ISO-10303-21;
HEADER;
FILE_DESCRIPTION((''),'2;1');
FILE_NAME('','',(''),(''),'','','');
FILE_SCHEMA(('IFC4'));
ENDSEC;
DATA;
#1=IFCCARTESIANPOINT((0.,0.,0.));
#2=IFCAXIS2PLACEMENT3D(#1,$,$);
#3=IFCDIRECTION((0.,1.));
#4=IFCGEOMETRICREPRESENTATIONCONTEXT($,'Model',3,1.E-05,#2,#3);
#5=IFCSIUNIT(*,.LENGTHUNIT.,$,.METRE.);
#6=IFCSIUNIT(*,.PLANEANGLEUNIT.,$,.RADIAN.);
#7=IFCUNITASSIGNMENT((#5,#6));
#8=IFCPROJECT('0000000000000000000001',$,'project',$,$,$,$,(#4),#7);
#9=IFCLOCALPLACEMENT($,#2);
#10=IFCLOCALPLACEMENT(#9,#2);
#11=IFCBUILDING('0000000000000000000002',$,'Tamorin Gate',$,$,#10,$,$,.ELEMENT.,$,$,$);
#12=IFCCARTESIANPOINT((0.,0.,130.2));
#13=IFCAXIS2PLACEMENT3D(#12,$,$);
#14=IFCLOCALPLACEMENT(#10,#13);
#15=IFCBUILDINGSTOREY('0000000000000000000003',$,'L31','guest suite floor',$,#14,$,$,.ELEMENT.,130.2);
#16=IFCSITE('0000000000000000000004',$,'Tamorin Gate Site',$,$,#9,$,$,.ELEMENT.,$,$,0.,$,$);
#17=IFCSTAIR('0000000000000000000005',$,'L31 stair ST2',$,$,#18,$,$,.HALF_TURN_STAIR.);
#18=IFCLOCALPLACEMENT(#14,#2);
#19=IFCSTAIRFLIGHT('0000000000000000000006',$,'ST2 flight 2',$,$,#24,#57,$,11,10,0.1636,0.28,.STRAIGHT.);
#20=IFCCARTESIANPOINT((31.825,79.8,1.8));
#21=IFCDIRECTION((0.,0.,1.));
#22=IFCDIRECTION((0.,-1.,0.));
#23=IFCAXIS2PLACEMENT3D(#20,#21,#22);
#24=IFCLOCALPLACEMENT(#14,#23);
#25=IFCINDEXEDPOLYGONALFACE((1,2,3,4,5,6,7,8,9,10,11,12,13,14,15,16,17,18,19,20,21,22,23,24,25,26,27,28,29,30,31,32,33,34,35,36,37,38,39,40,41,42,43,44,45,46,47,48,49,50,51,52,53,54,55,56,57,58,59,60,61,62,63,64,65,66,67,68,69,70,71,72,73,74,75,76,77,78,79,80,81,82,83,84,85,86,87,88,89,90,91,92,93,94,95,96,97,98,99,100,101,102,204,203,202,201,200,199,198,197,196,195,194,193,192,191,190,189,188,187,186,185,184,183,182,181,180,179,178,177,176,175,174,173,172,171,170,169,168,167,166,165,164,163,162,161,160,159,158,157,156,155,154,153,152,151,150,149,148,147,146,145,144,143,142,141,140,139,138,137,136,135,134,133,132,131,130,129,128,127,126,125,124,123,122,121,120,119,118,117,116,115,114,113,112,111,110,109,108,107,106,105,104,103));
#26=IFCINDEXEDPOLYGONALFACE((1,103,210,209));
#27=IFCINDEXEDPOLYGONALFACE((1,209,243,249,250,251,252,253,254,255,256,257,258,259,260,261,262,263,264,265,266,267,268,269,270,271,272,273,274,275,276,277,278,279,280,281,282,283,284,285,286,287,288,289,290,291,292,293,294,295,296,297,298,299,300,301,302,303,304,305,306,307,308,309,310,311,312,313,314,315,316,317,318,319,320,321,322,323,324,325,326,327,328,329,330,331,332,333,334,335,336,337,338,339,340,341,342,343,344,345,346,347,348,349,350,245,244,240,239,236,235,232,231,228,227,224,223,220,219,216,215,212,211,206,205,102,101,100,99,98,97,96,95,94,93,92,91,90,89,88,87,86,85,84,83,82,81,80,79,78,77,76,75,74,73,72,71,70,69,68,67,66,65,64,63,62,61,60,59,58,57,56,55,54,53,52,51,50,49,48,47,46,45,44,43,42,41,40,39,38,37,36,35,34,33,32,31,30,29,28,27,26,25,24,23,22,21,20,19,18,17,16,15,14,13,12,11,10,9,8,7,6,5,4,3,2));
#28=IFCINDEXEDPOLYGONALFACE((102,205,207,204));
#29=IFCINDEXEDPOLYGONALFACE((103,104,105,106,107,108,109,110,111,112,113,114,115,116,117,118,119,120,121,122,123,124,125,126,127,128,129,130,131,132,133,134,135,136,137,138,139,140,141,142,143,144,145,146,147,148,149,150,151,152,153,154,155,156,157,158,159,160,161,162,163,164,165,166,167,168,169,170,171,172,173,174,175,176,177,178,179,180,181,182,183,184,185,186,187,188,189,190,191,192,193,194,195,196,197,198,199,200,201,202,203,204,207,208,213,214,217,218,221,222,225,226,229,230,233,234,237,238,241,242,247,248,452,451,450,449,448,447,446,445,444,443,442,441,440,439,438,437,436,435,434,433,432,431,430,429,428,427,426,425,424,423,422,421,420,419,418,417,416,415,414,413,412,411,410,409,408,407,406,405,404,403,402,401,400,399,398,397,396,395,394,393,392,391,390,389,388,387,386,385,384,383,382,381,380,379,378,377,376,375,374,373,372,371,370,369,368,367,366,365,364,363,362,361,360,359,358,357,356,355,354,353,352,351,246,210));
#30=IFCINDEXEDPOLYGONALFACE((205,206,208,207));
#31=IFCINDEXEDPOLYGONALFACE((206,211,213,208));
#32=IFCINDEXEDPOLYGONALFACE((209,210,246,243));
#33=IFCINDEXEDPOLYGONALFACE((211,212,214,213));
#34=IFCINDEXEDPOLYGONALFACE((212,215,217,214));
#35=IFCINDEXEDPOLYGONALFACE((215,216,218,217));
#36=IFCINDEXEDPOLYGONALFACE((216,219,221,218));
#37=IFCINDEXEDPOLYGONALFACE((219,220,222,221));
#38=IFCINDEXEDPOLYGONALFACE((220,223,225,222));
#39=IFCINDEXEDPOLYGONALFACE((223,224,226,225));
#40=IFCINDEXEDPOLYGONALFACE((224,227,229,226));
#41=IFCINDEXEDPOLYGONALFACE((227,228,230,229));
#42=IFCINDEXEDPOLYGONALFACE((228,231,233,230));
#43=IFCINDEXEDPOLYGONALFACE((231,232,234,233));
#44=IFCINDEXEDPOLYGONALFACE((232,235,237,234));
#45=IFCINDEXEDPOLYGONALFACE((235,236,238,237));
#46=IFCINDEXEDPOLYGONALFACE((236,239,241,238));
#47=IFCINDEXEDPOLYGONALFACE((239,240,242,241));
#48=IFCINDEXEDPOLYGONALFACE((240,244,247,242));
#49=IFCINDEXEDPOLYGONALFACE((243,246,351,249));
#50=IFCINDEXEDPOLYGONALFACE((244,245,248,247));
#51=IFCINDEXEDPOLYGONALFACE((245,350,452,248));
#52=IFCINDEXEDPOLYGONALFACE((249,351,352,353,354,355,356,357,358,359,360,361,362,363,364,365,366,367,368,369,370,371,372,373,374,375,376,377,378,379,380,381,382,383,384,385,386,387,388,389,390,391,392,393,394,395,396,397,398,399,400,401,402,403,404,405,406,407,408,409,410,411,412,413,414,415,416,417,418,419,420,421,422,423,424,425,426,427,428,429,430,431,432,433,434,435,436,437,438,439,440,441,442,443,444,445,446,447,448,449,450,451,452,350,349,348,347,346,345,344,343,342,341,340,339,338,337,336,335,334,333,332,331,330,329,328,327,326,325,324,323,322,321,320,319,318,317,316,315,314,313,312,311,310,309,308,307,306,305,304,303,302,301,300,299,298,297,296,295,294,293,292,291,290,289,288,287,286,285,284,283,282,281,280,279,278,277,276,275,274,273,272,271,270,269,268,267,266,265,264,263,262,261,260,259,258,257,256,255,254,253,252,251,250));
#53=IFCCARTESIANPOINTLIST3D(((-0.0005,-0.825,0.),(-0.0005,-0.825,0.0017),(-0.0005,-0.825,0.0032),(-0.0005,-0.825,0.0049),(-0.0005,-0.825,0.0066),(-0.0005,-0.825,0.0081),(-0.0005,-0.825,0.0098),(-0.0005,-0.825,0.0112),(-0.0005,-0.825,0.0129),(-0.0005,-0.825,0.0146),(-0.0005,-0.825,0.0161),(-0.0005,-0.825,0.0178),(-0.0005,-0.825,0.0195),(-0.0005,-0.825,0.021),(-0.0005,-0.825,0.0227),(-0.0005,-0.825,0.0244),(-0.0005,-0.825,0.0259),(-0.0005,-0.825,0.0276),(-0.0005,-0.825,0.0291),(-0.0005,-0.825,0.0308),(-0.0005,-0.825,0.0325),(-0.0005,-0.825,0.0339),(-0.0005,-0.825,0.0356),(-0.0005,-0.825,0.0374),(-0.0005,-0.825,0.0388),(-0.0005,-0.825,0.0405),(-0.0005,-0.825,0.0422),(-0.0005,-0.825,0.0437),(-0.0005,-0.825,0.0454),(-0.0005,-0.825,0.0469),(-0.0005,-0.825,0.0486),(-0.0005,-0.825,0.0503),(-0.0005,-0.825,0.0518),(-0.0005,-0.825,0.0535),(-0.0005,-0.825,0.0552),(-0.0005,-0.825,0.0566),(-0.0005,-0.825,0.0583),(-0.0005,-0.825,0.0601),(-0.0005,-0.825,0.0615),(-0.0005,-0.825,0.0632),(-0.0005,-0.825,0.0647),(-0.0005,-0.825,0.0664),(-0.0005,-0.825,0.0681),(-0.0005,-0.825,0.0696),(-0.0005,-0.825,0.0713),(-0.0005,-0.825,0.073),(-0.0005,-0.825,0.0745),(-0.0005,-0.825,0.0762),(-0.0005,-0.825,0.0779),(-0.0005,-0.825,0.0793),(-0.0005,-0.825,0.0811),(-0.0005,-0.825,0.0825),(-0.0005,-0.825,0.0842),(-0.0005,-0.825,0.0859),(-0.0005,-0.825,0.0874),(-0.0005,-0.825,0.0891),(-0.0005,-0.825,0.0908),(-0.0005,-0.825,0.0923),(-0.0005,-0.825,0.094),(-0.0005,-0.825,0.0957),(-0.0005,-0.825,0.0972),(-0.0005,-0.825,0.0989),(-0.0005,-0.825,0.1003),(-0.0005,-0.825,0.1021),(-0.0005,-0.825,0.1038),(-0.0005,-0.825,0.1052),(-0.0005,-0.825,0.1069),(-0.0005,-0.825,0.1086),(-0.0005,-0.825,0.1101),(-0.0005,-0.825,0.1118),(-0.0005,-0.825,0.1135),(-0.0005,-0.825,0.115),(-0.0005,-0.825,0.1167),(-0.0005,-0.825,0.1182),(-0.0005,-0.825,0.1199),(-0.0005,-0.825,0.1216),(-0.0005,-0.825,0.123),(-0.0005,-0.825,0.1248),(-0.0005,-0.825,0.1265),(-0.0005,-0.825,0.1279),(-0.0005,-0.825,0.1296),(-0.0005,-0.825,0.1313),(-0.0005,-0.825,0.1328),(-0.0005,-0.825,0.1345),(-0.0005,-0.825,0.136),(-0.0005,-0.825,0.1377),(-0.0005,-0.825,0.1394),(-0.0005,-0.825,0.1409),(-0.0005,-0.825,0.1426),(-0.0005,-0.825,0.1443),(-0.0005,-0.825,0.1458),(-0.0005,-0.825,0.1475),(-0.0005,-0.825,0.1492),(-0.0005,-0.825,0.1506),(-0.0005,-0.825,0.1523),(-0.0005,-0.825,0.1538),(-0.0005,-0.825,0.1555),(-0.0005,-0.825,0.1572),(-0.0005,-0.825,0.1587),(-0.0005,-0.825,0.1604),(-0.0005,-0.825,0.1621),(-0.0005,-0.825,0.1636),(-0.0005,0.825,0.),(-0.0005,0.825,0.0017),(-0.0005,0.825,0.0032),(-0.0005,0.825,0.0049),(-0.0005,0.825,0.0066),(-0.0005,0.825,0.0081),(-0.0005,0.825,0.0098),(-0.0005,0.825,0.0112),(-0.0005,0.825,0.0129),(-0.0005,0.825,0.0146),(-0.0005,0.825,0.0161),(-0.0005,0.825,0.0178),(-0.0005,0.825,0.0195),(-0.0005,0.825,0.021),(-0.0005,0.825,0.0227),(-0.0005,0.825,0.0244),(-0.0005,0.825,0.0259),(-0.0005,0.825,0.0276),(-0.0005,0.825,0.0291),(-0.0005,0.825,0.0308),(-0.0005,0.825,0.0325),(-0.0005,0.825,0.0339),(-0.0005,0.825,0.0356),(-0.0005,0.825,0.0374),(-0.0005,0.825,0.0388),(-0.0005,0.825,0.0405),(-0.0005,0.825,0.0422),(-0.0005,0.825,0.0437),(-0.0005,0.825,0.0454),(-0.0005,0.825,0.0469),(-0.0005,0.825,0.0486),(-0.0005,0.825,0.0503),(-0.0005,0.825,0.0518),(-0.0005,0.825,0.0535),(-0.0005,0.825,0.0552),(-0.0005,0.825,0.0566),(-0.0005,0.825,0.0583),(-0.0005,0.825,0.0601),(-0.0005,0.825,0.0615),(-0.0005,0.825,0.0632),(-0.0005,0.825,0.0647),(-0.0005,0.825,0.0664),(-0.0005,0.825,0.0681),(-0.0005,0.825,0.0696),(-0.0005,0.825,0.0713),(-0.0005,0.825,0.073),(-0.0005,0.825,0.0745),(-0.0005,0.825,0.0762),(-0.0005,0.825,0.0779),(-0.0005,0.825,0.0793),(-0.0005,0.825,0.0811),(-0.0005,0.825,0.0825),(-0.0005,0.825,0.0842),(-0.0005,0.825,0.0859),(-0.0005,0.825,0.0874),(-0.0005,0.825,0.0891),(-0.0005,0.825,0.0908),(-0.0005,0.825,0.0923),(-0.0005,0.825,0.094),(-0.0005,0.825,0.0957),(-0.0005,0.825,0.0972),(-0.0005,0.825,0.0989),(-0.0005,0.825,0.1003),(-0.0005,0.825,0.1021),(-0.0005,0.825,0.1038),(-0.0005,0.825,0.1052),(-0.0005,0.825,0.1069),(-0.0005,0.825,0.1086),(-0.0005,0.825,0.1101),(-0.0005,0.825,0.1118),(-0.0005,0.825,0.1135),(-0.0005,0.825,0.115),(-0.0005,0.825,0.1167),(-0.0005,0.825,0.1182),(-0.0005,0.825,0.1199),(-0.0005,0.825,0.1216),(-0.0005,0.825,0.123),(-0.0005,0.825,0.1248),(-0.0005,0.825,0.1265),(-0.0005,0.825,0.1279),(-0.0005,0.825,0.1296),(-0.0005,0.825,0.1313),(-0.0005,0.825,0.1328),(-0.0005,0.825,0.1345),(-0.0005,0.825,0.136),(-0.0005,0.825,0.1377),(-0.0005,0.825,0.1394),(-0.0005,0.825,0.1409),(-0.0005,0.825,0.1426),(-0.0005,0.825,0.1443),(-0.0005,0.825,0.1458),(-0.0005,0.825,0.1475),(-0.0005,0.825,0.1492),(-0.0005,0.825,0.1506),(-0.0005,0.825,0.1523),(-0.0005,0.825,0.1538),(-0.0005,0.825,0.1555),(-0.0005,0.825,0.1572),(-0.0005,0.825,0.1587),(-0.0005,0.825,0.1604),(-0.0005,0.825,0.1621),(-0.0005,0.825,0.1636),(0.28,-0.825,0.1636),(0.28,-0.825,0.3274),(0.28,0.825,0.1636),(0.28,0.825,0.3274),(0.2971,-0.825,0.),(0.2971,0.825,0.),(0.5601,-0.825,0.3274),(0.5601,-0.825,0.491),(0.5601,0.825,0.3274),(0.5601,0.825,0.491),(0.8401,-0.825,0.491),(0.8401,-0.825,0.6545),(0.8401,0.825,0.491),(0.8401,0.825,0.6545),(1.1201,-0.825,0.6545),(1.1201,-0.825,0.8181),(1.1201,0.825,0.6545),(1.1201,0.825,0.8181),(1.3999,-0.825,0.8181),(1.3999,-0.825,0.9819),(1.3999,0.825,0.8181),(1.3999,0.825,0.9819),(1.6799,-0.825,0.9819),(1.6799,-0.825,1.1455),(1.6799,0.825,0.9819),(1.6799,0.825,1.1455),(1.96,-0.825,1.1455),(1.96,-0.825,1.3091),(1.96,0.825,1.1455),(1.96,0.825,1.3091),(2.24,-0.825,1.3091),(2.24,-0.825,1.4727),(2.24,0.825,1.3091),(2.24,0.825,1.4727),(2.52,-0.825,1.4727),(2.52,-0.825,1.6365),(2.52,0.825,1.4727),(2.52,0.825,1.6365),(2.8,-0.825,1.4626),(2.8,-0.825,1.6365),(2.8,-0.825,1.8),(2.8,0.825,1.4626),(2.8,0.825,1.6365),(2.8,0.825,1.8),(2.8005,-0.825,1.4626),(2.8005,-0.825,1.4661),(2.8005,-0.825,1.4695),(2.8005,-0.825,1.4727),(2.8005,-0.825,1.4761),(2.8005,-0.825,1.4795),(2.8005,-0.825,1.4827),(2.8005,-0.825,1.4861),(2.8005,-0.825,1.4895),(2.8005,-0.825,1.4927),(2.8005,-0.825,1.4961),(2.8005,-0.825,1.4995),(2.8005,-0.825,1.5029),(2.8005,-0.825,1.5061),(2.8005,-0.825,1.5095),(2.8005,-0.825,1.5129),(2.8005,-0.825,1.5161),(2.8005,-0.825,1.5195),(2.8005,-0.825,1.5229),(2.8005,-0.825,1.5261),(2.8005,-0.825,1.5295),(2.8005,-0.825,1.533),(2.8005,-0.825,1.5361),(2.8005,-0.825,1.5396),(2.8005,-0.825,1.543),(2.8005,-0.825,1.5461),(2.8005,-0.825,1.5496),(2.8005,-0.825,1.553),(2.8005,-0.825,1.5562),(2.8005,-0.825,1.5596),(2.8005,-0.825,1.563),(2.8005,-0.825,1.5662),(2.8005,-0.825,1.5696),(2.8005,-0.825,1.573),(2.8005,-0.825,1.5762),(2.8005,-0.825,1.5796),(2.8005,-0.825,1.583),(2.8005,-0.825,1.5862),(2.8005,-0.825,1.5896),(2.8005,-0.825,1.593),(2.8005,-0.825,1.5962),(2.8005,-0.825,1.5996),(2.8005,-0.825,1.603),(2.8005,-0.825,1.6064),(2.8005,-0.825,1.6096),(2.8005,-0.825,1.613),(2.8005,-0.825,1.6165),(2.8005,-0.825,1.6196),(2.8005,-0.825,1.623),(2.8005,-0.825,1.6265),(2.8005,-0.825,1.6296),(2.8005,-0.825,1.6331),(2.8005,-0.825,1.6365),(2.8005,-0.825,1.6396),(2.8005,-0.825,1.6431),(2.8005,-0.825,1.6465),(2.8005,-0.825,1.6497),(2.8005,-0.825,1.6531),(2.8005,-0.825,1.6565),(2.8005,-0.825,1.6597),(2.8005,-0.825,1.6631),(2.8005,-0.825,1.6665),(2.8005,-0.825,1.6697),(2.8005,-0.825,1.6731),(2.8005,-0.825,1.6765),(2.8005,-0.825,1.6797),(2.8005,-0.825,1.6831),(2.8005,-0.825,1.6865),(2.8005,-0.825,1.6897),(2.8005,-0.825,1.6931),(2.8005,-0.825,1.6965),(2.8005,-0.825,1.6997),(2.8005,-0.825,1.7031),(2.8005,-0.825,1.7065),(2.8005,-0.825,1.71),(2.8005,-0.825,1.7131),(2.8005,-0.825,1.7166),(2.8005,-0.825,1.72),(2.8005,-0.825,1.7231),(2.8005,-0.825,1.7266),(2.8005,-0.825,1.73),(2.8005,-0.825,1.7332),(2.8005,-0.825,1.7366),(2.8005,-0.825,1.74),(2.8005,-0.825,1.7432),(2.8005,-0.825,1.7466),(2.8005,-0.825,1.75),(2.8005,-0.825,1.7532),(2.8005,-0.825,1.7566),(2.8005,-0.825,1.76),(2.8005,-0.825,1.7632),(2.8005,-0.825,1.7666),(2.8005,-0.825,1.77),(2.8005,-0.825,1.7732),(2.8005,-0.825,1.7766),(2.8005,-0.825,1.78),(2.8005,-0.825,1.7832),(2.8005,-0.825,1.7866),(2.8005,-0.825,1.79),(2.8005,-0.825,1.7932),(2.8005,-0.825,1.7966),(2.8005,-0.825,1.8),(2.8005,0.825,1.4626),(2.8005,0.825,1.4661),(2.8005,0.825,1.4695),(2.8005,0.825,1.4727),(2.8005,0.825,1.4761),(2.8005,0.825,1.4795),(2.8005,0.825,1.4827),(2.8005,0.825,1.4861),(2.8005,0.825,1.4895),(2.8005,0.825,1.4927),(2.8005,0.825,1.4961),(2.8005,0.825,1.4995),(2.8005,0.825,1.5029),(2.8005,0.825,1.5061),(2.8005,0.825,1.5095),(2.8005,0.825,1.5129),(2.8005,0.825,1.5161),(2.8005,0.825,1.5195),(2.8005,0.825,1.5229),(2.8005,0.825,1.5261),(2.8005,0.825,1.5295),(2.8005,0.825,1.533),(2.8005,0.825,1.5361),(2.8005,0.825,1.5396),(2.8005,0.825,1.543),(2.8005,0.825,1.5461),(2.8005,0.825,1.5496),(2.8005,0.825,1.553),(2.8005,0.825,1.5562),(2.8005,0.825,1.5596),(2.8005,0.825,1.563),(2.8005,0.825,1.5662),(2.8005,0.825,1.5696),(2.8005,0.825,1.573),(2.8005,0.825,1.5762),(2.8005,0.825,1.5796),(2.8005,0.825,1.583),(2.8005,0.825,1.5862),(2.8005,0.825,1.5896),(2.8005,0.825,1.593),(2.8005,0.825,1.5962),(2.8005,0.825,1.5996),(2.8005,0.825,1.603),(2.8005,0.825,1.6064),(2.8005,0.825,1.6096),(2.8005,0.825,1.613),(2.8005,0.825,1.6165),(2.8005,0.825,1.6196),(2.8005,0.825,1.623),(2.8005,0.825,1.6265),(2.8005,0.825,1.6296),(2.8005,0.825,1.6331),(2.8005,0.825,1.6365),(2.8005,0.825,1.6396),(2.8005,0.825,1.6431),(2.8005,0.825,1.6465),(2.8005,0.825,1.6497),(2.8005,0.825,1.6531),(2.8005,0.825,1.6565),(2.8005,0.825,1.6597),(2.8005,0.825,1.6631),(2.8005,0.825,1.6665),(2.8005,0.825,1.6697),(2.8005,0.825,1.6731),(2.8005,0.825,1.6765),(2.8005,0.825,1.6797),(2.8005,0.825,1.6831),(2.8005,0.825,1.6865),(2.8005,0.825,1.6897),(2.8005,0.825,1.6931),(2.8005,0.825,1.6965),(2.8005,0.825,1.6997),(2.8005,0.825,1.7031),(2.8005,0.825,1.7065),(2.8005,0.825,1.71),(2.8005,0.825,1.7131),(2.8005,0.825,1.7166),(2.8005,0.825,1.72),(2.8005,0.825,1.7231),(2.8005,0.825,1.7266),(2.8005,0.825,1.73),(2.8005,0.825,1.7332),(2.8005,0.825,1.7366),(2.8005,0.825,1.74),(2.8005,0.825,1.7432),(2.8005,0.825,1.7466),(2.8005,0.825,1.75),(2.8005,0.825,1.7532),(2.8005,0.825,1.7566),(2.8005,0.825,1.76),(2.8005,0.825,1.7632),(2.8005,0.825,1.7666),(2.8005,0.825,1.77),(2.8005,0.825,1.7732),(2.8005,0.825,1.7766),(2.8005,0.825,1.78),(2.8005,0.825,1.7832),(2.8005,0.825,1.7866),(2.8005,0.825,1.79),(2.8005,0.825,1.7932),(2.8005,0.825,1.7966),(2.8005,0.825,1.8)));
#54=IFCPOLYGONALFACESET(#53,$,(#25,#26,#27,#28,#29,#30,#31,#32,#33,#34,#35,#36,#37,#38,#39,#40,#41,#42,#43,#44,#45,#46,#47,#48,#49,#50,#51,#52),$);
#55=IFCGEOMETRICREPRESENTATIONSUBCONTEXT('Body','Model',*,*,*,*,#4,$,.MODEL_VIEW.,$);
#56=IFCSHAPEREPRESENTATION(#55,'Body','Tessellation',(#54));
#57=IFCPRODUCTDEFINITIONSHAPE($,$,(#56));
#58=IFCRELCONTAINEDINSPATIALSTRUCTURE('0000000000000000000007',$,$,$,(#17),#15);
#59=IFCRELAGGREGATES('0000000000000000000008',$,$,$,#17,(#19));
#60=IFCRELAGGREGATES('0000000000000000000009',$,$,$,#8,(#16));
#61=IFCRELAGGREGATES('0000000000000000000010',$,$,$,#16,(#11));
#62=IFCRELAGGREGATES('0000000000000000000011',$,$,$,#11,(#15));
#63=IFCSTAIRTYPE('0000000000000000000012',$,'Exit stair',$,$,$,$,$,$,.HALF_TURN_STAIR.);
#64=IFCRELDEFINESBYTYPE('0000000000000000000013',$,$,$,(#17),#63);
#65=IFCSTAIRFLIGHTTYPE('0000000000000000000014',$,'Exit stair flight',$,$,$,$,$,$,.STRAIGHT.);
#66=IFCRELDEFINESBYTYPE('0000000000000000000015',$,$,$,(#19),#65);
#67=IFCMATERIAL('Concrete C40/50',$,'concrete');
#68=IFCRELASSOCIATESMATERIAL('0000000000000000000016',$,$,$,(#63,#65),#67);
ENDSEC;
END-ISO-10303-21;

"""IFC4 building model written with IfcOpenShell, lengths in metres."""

from ifc_helpers import new_model, si_unit, direction, frame, origin, place, context, subcontext, project, spatial, polyline, outline, extrude, material, type_object, element, aggregate, save


model = new_model("IFC4")

# Units and contexts
model_context = context("Model", 3, precision=1e-05, world=origin(), true_north=direction((0.0, 1.0)))
body_context = subcontext(model_context, "Body", "Model", "MODEL_VIEW")
ifc_project = project(units=[si_unit("LENGTHUNIT", "METRE"), si_unit("PLANEANGLEUNIT", "RADIAN")], contexts=[model_context])

# Site, building, storey
site_placement = place(None, origin())
site = spatial("IfcSite", under=ifc_project, at=site_placement, Name="Tamorin Gate Site", CompositionType="ELEMENT", RefElevation=0.0)
building_placement = place(site_placement, origin())
building = spatial("IfcBuilding", under=site, at=building_placement, Name="Tamorin Gate", CompositionType="ELEMENT")
storey_placement = place(building_placement, frame((0.0, 0.0, 130.2)))
storey = spatial("IfcBuildingStorey", under=building, at=storey_placement, Name="L31", Description="guest suite floor", CompositionType="ELEMENT", Elevation=130.2)

# Stair, stair flight
ifc_material_1 = material(Name="Concrete C40/50", Category="concrete")
stair_type = type_object("IfcStairType", Name="Exit stair", PredefinedType="HALF_TURN_STAIR", material=ifc_material_1)
stair_placement = place(storey_placement, origin())
stair = element("IfcStair", 1, at=stair_placement, inside=storey, type_object=stair_type, Name="L31 stair ST2", PredefinedType="HALF_TURN_STAIR")
stair_flight_type = type_object("IfcStairFlightType", Name="Exit stair flight", PredefinedType="STRAIGHT", material=ifc_material_1)
stair_flight_placement = place(storey_placement, frame((31.825, 79.8, 1.8), z_axis=(0.0, 0.0, 1.0), x_axis=(0.0, -1.0, 0.0)))
stair_flight = element("IfcStairFlight", 2, at=stair_flight_placement, type_object=stair_flight_type, Name="ST2 flight 2", NumberOfRisers=11, NumberOfTreads=10, PredefinedType="STRAIGHT", RiserHeight=0.1636, TreadLength=0.28, context=body_context, shape_type="SweptSolid", body=[
    extrude(outline(polyline([(-0.0005, 0.0), (-0.0005, 0.0017), (-0.0005, 0.0032), (-0.0005, 0.0049), (-0.0005, 0.0066), (-0.0005, 0.0081), (-0.0005, 0.0098), (-0.0005, 0.0112), (-0.0005, 0.0129), (-0.0005, 0.0146), (-0.0005, 0.0161), (-0.0005, 0.0178), (-0.0005, 0.0195), (-0.0005, 0.021), (-0.0005, 0.0227), (-0.0005, 0.0244), (-0.0005, 0.0259), (-0.0005, 0.0276), (-0.0005, 0.0291), (-0.0005, 0.0308), (-0.0005, 0.0325), (-0.0005, 0.0339), (-0.0005, 0.0356), (-0.0005, 0.0374), (-0.0005, 0.0388), (-0.0005, 0.0405), (-0.0005, 0.0422), (-0.0005, 0.0437), (-0.0005, 0.0454), (-0.0005, 0.0469), (-0.0005, 0.0486), (-0.0005, 0.0503), (-0.0005, 0.0518), (-0.0005, 0.0535), (-0.0005, 0.0552), (-0.0005, 0.0566), (-0.0005, 0.0583), (-0.0005, 0.0601), (-0.0005, 0.0615), (-0.0005, 0.0632), (-0.0005, 0.0647), (-0.0005, 0.0664), (-0.0005, 0.0681), (-0.0005, 0.0696), (-0.0005, 0.0713), (-0.0005, 0.073), (-0.0005, 0.0745), (-0.0005, 0.0762), (-0.0005, 0.0779), (-0.0005, 0.0793), (-0.0005, 0.0811), (-0.0005, 0.0825), (-0.0005, 0.0842), (-0.0005, 0.0859), (-0.0005, 0.0874), (-0.0005, 0.0891), (-0.0005, 0.0908), (-0.0005, 0.0923), (-0.0005, 0.094), (-0.0005, 0.0957), (-0.0005, 0.0972), (-0.0005, 0.0989), (-0.0005, 0.1003), (-0.0005, 0.1021), (-0.0005, 0.1038), (-0.0005, 0.1052), (-0.0005, 0.1069), (-0.0005, 0.1086), (-0.0005, 0.1101), (-0.0005, 0.1118), (-0.0005, 0.1135), (-0.0005, 0.115), (-0.0005, 0.1167), (-0.0005, 0.1182), (-0.0005, 0.1199), (-0.0005, 0.1216), (-0.0005, 0.123), (-0.0005, 0.1248), (-0.0005, 0.1265), (-0.0005, 0.1279), (-0.0005, 0.1296), (-0.0005, 0.1313), (-0.0005, 0.1328), (-0.0005, 0.1345), (-0.0005, 0.136), (-0.0005, 0.1377), (-0.0005, 0.1394), (-0.0005, 0.1409), (-0.0005, 0.1426), (-0.0005, 0.1443), (-0.0005, 0.1458), (-0.0005, 0.1475), (-0.0005, 0.1492), (-0.0005, 0.1506), (-0.0005, 0.1523), (-0.0005, 0.1538), (-0.0005, 0.1555), (-0.0005, 0.1572), (-0.0005, 0.1587), (-0.0005, 0.1604), (-0.0005, 0.1621), (-0.0005, 0.1636), (0.28, 0.1636), (0.28, 0.3274), (0.5601, 0.3274), (0.5601, 0.491), (0.8401, 0.491), (0.8401, 0.6545), (1.1201, 0.6545), (1.1201, 0.8181), (1.3999, 0.8181), (1.3999, 0.9819), (1.6799, 0.9819), (1.6799, 1.1455), (1.96, 1.1455), (1.96, 1.3091), (2.24, 1.3091), (2.24, 1.4727), (2.52, 1.4727), (2.52, 1.6365), (2.8, 1.6365), (2.8, 1.8), (2.8005, 1.8), (2.8005, 1.7966), (2.8005, 1.7932), (2.8005, 1.79), (2.8005, 1.7866), (2.8005, 1.7832), (2.8005, 1.78), (2.8005, 1.7766), (2.8005, 1.7732), (2.8005, 1.77), (2.8005, 1.7666), (2.8005, 1.7632), (2.8005, 1.76), (2.8005, 1.7566), (2.8005, 1.7532), (2.8005, 1.75), (2.8005, 1.7466), (2.8005, 1.7432), (2.8005, 1.74), (2.8005, 1.7366), (2.8005, 1.7332), (2.8005, 1.73), (2.8005, 1.7266), (2.8005, 1.7231), (2.8005, 1.72), (2.8005, 1.7166), (2.8005, 1.7131), (2.8005, 1.71), (2.8005, 1.7065), (2.8005, 1.7031), (2.8005, 1.6997), (2.8005, 1.6965), (2.8005, 1.6931), (2.8005, 1.6897), (2.8005, 1.6865), (2.8005, 1.6831), (2.8005, 1.6797), (2.8005, 1.6765), (2.8005, 1.6731), (2.8005, 1.6697), (2.8005, 1.6665), (2.8005, 1.6631), (2.8005, 1.6597), (2.8005, 1.6565), (2.8005, 1.6531), (2.8005, 1.6497), (2.8005, 1.6465), (2.8005, 1.6431), (2.8005, 1.6396), (2.8005, 1.6365), (2.8005, 1.6331), (2.8005, 1.6296), (2.8005, 1.6265), (2.8005, 1.623), (2.8005, 1.6196), (2.8005, 1.6165), (2.8005, 1.613), (2.8005, 1.6096), (2.8005, 1.6064), (2.8005, 1.603), (2.8005, 1.5996), (2.8005, 1.5962), (2.8005, 1.593), (2.8005, 1.5896), (2.8005, 1.5862), (2.8005, 1.583), (2.8005, 1.5796), (2.8005, 1.5762), (2.8005, 1.573), (2.8005, 1.5696), (2.8005, 1.5662), (2.8005, 1.563), (2.8005, 1.5596), (2.8005, 1.5562), (2.8005, 1.553), (2.8005, 1.5496), (2.8005, 1.5461), (2.8005, 1.543), (2.8005, 1.5396), (2.8005, 1.5361), (2.8005, 1.533), (2.8005, 1.5295), (2.8005, 1.5261), (2.8005, 1.5229), (2.8005, 1.5195), (2.8005, 1.5161), (2.8005, 1.5129), (2.8005, 1.5095), (2.8005, 1.5061), (2.8005, 1.5029), (2.8005, 1.4995), (2.8005, 1.4961), (2.8005, 1.4927), (2.8005, 1.4895), (2.8005, 1.4861), (2.8005, 1.4827), (2.8005, 1.4795), (2.8005, 1.4761), (2.8005, 1.4727), (2.8005, 1.4695), (2.8005, 1.4661), (2.8005, 1.4626), (2.8, 1.4626), (0.2971, 0.0), (-0.0005, 0.0)])), frame((0.0, 0.825, 0.0), z_axis=(0.0, -1.0, 0.0), x_axis=(1.0, 0.0, 0.0)), (0.0, 0.0, 1.0), 1.6499),
])
aggregate(stair, [stair_flight])

save(model, "model.ifc")
